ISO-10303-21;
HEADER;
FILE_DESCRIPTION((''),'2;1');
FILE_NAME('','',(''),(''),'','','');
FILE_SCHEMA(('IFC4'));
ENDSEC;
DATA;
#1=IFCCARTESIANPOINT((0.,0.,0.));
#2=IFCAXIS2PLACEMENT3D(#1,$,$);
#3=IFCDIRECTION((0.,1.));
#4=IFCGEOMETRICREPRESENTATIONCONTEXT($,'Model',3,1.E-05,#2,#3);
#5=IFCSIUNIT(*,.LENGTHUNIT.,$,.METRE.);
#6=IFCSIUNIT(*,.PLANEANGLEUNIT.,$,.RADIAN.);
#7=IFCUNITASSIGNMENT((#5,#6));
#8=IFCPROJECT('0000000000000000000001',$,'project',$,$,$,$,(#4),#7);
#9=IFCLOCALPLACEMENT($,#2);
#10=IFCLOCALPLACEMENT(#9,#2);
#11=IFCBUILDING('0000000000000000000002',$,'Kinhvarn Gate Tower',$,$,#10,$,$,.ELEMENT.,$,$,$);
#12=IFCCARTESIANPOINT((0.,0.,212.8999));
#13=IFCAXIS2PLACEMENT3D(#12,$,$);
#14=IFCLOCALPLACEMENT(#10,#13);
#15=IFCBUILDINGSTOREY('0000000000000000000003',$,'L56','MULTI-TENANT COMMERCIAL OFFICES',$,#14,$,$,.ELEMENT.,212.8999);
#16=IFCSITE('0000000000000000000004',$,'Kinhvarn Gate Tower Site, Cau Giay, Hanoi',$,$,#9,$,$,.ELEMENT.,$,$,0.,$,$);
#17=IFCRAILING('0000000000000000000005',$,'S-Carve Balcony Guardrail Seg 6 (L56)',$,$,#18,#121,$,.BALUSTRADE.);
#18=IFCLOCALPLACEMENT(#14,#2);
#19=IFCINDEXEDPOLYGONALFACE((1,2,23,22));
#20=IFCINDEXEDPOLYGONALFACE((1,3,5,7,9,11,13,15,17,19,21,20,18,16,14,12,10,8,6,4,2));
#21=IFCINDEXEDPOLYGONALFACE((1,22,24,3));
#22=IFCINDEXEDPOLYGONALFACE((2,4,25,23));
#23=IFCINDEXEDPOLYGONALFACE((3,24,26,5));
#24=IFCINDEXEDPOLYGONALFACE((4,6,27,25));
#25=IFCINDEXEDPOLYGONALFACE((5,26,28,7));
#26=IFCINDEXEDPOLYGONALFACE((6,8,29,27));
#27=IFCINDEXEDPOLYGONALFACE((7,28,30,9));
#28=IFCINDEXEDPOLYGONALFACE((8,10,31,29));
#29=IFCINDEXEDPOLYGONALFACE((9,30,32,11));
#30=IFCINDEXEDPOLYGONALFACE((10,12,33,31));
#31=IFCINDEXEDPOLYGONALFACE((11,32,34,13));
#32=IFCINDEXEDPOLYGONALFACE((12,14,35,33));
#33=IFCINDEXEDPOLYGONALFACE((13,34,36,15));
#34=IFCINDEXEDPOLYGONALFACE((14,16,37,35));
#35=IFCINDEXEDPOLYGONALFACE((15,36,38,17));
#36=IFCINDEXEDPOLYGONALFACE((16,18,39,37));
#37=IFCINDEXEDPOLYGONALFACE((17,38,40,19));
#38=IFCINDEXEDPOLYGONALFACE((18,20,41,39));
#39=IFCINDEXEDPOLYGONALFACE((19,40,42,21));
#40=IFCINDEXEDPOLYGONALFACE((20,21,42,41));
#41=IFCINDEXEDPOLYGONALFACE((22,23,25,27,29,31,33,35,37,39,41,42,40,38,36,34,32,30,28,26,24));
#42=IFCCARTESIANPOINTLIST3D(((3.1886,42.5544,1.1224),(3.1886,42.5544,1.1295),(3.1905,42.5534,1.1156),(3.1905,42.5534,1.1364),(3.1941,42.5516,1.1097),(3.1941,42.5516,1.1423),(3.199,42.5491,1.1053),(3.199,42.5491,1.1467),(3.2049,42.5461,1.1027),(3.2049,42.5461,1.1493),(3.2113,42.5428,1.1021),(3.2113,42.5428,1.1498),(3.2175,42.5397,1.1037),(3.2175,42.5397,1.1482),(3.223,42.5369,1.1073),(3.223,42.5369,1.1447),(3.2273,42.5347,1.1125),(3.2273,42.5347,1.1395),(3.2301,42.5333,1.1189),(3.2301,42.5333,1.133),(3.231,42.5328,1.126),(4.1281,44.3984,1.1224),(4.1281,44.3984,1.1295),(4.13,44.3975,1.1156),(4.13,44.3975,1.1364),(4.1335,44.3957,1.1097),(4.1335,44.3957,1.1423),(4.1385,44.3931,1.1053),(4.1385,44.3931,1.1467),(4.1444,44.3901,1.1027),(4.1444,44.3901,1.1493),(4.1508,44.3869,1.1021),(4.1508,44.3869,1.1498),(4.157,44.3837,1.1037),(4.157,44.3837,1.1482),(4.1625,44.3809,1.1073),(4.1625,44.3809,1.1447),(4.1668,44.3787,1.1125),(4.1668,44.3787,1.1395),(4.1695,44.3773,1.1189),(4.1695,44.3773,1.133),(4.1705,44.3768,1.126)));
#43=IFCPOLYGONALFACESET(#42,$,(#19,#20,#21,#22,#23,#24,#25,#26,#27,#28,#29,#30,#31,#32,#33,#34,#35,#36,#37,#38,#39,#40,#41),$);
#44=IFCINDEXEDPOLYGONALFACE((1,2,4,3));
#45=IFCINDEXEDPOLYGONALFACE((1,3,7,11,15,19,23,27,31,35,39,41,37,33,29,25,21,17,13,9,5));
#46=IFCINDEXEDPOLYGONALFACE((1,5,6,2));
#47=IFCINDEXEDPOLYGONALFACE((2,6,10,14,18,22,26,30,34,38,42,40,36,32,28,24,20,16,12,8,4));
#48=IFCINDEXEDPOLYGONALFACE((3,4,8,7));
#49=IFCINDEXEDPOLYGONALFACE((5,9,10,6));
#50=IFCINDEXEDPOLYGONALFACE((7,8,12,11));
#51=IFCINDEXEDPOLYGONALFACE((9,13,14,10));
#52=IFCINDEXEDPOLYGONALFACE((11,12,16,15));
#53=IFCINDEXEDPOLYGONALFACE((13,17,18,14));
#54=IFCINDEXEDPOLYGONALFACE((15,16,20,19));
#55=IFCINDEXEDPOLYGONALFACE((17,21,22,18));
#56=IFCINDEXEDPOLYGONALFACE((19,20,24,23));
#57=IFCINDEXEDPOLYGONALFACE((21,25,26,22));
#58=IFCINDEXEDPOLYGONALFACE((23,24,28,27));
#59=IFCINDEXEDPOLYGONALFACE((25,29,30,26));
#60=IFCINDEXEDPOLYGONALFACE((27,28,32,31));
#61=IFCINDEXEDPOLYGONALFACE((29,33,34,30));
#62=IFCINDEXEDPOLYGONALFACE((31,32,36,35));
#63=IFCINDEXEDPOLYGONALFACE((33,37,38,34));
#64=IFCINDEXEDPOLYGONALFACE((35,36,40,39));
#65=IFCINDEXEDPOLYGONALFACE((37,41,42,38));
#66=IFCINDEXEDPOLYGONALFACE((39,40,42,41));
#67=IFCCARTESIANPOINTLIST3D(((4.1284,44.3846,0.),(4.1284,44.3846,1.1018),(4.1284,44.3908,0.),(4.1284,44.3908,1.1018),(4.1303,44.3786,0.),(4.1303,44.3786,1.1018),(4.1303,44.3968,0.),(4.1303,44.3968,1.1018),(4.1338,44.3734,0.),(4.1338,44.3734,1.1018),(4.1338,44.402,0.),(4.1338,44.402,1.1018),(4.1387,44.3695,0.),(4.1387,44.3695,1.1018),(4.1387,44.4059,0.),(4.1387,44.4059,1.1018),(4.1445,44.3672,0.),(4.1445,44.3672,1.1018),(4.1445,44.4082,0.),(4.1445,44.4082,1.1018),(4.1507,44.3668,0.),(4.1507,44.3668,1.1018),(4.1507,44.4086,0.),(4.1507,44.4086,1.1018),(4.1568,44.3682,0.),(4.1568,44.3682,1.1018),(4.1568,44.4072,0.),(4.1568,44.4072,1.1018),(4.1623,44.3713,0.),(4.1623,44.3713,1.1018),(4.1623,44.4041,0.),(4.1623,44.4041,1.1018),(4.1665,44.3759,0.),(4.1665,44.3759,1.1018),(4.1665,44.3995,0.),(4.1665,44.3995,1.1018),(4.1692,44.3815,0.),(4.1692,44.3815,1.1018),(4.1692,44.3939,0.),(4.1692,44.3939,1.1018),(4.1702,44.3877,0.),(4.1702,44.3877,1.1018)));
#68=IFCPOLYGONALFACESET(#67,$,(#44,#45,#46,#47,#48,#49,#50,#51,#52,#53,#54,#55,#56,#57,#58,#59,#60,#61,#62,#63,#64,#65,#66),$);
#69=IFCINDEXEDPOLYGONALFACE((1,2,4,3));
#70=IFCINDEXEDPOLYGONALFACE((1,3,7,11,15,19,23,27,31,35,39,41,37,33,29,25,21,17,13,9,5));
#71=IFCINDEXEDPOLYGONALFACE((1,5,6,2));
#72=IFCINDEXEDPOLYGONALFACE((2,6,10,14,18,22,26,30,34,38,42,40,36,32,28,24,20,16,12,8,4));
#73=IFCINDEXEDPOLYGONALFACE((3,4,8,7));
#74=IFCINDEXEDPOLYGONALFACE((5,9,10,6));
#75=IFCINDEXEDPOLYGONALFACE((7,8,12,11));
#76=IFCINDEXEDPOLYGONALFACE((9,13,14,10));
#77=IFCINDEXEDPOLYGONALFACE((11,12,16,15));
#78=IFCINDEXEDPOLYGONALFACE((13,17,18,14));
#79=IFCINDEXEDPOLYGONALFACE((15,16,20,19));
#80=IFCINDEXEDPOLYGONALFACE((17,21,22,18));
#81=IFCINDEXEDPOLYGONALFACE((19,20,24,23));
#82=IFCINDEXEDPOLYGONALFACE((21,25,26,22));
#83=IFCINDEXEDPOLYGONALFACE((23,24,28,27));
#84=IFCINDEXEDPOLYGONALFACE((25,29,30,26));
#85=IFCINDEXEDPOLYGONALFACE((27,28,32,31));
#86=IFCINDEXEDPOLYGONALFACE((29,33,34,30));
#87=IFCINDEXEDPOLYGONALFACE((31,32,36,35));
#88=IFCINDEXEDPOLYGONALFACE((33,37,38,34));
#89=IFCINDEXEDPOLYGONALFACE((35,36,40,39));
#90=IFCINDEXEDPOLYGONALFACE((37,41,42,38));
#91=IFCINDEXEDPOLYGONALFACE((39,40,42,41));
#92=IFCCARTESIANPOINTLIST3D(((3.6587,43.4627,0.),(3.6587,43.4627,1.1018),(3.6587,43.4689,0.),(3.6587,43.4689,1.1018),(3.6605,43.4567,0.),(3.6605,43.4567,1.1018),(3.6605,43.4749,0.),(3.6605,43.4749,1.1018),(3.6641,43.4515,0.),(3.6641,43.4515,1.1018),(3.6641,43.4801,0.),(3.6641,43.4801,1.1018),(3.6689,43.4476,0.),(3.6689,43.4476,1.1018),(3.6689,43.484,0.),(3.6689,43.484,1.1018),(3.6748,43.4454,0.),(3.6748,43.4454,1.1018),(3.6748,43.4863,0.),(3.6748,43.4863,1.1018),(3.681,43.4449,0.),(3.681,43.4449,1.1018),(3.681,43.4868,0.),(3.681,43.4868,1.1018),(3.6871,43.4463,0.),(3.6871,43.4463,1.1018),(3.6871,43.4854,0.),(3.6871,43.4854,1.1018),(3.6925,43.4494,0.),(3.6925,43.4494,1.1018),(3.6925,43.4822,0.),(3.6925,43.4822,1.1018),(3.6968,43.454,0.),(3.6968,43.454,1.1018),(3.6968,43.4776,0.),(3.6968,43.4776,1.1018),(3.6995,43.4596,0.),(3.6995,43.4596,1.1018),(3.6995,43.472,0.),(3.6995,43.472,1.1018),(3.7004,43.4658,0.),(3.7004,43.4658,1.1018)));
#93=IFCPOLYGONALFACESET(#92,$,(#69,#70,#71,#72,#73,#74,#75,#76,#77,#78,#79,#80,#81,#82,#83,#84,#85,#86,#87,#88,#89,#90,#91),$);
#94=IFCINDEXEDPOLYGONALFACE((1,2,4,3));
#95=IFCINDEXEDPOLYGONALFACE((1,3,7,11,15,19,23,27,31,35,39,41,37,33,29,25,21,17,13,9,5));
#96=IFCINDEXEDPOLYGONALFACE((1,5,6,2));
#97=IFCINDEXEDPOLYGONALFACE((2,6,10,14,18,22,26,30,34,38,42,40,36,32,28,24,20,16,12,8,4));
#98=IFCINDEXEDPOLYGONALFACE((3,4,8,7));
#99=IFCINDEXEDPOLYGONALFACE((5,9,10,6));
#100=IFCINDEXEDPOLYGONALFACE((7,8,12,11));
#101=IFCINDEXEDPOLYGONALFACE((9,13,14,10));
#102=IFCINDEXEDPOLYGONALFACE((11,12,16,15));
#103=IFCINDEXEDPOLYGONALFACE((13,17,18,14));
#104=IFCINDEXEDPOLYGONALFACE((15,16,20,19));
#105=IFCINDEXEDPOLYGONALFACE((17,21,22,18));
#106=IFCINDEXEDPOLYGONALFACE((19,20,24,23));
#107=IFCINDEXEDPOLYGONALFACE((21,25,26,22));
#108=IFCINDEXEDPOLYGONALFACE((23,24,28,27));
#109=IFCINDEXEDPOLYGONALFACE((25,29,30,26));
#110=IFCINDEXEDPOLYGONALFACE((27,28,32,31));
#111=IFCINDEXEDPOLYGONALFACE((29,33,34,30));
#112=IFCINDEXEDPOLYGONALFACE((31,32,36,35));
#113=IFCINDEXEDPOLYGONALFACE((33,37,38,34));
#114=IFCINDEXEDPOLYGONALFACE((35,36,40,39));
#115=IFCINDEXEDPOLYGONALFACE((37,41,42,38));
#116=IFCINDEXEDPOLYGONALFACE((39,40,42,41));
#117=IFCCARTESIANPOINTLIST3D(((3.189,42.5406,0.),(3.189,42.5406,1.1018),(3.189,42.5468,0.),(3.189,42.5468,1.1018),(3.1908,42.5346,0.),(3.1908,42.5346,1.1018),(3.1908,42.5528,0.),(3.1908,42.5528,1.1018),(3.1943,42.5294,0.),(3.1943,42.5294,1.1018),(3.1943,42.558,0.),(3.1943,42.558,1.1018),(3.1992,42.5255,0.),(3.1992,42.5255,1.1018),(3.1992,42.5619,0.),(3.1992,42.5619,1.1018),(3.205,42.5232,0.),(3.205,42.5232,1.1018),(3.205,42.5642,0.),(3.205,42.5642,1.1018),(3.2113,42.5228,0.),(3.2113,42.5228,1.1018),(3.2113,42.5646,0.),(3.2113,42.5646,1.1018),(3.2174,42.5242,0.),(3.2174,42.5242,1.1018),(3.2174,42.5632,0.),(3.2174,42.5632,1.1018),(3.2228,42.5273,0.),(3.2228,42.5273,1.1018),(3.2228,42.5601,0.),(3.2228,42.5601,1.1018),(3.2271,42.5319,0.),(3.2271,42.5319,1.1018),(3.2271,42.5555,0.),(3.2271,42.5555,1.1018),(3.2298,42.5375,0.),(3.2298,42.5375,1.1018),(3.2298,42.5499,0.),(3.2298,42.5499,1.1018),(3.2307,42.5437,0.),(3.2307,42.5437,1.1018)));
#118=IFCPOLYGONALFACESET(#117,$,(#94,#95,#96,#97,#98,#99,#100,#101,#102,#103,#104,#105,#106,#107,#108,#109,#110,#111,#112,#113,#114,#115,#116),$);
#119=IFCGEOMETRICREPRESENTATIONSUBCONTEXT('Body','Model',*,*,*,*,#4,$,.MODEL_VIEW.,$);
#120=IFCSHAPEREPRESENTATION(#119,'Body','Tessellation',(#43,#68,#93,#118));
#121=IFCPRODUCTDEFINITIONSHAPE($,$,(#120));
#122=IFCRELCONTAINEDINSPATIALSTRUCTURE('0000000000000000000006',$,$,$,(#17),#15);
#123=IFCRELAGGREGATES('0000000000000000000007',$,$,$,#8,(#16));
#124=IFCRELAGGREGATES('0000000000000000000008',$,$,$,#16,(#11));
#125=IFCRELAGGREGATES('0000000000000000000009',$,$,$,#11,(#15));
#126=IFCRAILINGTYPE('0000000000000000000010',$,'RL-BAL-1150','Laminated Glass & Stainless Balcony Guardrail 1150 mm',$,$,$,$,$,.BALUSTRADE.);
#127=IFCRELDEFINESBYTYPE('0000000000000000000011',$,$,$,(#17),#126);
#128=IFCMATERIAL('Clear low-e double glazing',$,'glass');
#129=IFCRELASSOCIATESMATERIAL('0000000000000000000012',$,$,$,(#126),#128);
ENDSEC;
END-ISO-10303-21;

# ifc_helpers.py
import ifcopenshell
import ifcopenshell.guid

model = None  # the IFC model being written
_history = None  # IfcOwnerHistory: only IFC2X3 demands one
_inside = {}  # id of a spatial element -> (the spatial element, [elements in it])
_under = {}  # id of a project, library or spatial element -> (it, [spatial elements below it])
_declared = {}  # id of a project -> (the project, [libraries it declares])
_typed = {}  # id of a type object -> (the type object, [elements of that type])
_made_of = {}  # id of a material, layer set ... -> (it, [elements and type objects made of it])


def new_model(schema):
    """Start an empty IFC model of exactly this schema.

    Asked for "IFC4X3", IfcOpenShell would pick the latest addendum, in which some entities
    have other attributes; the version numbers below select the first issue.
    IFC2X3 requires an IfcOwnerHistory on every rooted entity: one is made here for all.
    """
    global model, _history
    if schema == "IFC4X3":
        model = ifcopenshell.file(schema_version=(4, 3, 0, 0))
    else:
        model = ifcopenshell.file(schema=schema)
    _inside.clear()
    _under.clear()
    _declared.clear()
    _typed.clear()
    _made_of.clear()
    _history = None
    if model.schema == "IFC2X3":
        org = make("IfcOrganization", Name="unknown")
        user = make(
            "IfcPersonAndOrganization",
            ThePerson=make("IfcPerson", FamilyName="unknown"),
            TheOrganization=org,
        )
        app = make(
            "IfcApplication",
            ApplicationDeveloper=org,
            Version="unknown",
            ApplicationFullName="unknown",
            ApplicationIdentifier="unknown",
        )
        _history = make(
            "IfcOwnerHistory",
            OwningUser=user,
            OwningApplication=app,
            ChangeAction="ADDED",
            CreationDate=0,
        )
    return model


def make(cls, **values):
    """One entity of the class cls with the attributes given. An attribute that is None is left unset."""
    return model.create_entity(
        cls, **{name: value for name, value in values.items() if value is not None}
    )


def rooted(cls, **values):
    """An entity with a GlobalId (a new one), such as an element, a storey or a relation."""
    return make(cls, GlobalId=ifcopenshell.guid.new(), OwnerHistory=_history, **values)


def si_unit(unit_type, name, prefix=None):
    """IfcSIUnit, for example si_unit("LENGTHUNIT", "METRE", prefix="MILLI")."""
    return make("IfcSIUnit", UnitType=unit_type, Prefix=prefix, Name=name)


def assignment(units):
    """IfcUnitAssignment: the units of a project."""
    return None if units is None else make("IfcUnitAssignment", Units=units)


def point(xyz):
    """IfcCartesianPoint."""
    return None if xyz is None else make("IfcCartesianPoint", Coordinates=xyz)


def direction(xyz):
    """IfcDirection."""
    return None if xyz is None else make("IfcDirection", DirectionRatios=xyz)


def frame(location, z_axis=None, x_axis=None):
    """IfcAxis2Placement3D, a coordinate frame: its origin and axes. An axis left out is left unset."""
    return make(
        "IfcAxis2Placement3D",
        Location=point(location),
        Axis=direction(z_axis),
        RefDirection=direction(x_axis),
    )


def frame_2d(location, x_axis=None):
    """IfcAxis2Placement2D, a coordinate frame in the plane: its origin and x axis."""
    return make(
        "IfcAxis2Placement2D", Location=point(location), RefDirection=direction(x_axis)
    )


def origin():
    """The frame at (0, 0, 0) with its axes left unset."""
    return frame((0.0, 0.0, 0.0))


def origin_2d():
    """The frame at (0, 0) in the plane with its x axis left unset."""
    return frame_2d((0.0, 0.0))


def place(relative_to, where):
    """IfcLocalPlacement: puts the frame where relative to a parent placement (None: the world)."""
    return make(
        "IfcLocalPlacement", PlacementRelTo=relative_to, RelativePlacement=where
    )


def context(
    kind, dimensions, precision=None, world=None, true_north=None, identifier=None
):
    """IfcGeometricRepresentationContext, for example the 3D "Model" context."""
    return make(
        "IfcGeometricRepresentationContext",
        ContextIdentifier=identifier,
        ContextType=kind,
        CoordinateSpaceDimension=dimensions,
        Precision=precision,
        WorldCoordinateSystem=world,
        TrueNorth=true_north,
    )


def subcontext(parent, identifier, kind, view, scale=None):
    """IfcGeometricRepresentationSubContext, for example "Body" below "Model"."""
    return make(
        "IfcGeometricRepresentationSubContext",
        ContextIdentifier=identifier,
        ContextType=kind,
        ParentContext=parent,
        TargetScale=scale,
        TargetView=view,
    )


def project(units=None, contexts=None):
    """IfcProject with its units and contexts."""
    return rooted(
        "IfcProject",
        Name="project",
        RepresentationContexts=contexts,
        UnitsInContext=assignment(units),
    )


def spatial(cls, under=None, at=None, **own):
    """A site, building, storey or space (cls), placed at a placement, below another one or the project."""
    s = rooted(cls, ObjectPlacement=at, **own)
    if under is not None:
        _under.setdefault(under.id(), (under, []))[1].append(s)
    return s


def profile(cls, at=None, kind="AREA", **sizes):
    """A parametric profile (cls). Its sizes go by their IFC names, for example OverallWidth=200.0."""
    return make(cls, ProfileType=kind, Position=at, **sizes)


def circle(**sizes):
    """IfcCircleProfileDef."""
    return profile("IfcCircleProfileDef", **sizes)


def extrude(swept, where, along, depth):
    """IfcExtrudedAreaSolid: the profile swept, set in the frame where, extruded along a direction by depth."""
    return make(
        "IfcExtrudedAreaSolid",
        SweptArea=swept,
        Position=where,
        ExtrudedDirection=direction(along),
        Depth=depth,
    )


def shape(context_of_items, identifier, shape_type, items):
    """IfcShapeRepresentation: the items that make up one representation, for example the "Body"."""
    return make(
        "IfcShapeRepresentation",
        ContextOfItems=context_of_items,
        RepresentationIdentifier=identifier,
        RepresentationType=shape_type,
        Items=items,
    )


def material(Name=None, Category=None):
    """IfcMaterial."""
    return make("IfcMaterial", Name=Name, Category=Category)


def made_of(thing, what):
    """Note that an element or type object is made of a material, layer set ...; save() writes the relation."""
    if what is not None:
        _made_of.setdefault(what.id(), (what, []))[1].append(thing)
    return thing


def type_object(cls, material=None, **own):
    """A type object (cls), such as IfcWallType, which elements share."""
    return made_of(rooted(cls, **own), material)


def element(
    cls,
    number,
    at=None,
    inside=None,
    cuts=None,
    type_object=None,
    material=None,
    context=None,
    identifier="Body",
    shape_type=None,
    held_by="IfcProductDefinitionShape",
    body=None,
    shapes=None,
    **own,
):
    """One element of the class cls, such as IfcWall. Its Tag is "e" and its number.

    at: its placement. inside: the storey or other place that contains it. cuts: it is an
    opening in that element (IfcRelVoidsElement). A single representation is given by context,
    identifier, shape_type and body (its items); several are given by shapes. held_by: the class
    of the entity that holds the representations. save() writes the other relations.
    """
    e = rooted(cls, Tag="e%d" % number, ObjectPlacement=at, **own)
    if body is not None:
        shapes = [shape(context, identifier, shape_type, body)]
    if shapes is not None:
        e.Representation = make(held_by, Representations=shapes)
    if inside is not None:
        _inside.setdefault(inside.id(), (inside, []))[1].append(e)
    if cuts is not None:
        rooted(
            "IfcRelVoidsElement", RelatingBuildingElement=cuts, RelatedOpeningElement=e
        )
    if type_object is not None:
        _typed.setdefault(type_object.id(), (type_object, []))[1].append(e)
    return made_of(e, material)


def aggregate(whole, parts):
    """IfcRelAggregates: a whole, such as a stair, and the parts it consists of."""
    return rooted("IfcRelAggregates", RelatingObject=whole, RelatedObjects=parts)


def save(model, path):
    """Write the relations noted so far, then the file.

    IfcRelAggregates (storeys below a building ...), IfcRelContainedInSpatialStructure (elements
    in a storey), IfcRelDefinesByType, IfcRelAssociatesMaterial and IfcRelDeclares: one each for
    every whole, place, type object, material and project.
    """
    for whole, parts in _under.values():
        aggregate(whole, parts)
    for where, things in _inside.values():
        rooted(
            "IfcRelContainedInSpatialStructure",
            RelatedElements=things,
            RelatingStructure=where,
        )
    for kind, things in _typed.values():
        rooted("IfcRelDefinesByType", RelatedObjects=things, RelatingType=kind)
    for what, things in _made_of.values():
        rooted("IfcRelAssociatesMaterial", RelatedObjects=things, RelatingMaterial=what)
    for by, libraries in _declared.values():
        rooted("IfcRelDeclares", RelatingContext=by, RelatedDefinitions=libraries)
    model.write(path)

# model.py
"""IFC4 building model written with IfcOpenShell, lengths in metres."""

from ifc_helpers import new_model, si_unit, direction, frame, origin, origin_2d, place, context, subcontext, project, spatial, circle, extrude, material, type_object, element, save


model = new_model("IFC4")

# Units and contexts
model_context = context("Model", 3, precision=1e-05, world=origin(), true_north=direction((0.0, 1.0)))
body_context = subcontext(model_context, "Body", "Model", "MODEL_VIEW")
ifc_project = project(units=[si_unit("LENGTHUNIT", "METRE"), si_unit("PLANEANGLEUNIT", "RADIAN")], contexts=[model_context])

# Site, building, storey
site_placement = place(None, origin())
site = spatial("IfcSite", under=ifc_project, at=site_placement, Name="Kinhvarn Gate Tower Site, Cau Giay, Hanoi", CompositionType="ELEMENT", RefElevation=0.0)
building_placement = place(site_placement, origin())
building = spatial("IfcBuilding", under=site, at=building_placement, Name="Kinhvarn Gate Tower", CompositionType="ELEMENT")
storey_placement = place(building_placement, frame((0.0, 0.0, 212.8999)))
storey = spatial("IfcBuildingStorey", under=building, at=storey_placement, Name="L56", Description="MULTI-TENANT COMMERCIAL OFFICES", CompositionType="ELEMENT", Elevation=212.8999)

# Shared definitions
ifc_material_1 = material(Name="Clear low-e double glazing", Category="glass")

# Railing
railing_type = type_object("IfcRailingType", Name="RL-BAL-1150", Description="Laminated Glass & Stainless Balcony Guardrail 1150 mm", PredefinedType="BALUSTRADE", material=ifc_material_1)
railing_1_placement = place(storey_placement, frame((4.1492, 44.3877, 0.0)))
element("IfcRailing", 1, at=railing_1_placement, inside=storey, type_object=railing_type, Name="S-Carve Balcony Guardrail Seg 6 (L56)", PredefinedType="BALUSTRADE", context=body_context, shape_type="SweptSolid", body=[
    extrude(circle(Radius=0.0239, at=origin_2d()), frame((0.0, 0.0, 1.126), z_axis=(-0.453949, -0.891028, 0.0), x_axis=(0.891028, -0.453949, 0.0)), (0.0, 0.0, 1.0), 2.0696),
    extrude(circle(Radius=0.021, at=origin_2d()), origin(), (0.0, 0.0, 1.0), 1.1018),
    extrude(circle(Radius=0.021, at=origin_2d()), frame((-0.4697, -0.9219, 0.0)), (0.0, 0.0, 1.0), 1.1018),
    extrude(circle(Radius=0.021, at=origin_2d()), frame((-0.9395, -1.844, 0.0)), (0.0, 0.0, 1.0), 1.1018),
])

save(model, "model.ifc")
